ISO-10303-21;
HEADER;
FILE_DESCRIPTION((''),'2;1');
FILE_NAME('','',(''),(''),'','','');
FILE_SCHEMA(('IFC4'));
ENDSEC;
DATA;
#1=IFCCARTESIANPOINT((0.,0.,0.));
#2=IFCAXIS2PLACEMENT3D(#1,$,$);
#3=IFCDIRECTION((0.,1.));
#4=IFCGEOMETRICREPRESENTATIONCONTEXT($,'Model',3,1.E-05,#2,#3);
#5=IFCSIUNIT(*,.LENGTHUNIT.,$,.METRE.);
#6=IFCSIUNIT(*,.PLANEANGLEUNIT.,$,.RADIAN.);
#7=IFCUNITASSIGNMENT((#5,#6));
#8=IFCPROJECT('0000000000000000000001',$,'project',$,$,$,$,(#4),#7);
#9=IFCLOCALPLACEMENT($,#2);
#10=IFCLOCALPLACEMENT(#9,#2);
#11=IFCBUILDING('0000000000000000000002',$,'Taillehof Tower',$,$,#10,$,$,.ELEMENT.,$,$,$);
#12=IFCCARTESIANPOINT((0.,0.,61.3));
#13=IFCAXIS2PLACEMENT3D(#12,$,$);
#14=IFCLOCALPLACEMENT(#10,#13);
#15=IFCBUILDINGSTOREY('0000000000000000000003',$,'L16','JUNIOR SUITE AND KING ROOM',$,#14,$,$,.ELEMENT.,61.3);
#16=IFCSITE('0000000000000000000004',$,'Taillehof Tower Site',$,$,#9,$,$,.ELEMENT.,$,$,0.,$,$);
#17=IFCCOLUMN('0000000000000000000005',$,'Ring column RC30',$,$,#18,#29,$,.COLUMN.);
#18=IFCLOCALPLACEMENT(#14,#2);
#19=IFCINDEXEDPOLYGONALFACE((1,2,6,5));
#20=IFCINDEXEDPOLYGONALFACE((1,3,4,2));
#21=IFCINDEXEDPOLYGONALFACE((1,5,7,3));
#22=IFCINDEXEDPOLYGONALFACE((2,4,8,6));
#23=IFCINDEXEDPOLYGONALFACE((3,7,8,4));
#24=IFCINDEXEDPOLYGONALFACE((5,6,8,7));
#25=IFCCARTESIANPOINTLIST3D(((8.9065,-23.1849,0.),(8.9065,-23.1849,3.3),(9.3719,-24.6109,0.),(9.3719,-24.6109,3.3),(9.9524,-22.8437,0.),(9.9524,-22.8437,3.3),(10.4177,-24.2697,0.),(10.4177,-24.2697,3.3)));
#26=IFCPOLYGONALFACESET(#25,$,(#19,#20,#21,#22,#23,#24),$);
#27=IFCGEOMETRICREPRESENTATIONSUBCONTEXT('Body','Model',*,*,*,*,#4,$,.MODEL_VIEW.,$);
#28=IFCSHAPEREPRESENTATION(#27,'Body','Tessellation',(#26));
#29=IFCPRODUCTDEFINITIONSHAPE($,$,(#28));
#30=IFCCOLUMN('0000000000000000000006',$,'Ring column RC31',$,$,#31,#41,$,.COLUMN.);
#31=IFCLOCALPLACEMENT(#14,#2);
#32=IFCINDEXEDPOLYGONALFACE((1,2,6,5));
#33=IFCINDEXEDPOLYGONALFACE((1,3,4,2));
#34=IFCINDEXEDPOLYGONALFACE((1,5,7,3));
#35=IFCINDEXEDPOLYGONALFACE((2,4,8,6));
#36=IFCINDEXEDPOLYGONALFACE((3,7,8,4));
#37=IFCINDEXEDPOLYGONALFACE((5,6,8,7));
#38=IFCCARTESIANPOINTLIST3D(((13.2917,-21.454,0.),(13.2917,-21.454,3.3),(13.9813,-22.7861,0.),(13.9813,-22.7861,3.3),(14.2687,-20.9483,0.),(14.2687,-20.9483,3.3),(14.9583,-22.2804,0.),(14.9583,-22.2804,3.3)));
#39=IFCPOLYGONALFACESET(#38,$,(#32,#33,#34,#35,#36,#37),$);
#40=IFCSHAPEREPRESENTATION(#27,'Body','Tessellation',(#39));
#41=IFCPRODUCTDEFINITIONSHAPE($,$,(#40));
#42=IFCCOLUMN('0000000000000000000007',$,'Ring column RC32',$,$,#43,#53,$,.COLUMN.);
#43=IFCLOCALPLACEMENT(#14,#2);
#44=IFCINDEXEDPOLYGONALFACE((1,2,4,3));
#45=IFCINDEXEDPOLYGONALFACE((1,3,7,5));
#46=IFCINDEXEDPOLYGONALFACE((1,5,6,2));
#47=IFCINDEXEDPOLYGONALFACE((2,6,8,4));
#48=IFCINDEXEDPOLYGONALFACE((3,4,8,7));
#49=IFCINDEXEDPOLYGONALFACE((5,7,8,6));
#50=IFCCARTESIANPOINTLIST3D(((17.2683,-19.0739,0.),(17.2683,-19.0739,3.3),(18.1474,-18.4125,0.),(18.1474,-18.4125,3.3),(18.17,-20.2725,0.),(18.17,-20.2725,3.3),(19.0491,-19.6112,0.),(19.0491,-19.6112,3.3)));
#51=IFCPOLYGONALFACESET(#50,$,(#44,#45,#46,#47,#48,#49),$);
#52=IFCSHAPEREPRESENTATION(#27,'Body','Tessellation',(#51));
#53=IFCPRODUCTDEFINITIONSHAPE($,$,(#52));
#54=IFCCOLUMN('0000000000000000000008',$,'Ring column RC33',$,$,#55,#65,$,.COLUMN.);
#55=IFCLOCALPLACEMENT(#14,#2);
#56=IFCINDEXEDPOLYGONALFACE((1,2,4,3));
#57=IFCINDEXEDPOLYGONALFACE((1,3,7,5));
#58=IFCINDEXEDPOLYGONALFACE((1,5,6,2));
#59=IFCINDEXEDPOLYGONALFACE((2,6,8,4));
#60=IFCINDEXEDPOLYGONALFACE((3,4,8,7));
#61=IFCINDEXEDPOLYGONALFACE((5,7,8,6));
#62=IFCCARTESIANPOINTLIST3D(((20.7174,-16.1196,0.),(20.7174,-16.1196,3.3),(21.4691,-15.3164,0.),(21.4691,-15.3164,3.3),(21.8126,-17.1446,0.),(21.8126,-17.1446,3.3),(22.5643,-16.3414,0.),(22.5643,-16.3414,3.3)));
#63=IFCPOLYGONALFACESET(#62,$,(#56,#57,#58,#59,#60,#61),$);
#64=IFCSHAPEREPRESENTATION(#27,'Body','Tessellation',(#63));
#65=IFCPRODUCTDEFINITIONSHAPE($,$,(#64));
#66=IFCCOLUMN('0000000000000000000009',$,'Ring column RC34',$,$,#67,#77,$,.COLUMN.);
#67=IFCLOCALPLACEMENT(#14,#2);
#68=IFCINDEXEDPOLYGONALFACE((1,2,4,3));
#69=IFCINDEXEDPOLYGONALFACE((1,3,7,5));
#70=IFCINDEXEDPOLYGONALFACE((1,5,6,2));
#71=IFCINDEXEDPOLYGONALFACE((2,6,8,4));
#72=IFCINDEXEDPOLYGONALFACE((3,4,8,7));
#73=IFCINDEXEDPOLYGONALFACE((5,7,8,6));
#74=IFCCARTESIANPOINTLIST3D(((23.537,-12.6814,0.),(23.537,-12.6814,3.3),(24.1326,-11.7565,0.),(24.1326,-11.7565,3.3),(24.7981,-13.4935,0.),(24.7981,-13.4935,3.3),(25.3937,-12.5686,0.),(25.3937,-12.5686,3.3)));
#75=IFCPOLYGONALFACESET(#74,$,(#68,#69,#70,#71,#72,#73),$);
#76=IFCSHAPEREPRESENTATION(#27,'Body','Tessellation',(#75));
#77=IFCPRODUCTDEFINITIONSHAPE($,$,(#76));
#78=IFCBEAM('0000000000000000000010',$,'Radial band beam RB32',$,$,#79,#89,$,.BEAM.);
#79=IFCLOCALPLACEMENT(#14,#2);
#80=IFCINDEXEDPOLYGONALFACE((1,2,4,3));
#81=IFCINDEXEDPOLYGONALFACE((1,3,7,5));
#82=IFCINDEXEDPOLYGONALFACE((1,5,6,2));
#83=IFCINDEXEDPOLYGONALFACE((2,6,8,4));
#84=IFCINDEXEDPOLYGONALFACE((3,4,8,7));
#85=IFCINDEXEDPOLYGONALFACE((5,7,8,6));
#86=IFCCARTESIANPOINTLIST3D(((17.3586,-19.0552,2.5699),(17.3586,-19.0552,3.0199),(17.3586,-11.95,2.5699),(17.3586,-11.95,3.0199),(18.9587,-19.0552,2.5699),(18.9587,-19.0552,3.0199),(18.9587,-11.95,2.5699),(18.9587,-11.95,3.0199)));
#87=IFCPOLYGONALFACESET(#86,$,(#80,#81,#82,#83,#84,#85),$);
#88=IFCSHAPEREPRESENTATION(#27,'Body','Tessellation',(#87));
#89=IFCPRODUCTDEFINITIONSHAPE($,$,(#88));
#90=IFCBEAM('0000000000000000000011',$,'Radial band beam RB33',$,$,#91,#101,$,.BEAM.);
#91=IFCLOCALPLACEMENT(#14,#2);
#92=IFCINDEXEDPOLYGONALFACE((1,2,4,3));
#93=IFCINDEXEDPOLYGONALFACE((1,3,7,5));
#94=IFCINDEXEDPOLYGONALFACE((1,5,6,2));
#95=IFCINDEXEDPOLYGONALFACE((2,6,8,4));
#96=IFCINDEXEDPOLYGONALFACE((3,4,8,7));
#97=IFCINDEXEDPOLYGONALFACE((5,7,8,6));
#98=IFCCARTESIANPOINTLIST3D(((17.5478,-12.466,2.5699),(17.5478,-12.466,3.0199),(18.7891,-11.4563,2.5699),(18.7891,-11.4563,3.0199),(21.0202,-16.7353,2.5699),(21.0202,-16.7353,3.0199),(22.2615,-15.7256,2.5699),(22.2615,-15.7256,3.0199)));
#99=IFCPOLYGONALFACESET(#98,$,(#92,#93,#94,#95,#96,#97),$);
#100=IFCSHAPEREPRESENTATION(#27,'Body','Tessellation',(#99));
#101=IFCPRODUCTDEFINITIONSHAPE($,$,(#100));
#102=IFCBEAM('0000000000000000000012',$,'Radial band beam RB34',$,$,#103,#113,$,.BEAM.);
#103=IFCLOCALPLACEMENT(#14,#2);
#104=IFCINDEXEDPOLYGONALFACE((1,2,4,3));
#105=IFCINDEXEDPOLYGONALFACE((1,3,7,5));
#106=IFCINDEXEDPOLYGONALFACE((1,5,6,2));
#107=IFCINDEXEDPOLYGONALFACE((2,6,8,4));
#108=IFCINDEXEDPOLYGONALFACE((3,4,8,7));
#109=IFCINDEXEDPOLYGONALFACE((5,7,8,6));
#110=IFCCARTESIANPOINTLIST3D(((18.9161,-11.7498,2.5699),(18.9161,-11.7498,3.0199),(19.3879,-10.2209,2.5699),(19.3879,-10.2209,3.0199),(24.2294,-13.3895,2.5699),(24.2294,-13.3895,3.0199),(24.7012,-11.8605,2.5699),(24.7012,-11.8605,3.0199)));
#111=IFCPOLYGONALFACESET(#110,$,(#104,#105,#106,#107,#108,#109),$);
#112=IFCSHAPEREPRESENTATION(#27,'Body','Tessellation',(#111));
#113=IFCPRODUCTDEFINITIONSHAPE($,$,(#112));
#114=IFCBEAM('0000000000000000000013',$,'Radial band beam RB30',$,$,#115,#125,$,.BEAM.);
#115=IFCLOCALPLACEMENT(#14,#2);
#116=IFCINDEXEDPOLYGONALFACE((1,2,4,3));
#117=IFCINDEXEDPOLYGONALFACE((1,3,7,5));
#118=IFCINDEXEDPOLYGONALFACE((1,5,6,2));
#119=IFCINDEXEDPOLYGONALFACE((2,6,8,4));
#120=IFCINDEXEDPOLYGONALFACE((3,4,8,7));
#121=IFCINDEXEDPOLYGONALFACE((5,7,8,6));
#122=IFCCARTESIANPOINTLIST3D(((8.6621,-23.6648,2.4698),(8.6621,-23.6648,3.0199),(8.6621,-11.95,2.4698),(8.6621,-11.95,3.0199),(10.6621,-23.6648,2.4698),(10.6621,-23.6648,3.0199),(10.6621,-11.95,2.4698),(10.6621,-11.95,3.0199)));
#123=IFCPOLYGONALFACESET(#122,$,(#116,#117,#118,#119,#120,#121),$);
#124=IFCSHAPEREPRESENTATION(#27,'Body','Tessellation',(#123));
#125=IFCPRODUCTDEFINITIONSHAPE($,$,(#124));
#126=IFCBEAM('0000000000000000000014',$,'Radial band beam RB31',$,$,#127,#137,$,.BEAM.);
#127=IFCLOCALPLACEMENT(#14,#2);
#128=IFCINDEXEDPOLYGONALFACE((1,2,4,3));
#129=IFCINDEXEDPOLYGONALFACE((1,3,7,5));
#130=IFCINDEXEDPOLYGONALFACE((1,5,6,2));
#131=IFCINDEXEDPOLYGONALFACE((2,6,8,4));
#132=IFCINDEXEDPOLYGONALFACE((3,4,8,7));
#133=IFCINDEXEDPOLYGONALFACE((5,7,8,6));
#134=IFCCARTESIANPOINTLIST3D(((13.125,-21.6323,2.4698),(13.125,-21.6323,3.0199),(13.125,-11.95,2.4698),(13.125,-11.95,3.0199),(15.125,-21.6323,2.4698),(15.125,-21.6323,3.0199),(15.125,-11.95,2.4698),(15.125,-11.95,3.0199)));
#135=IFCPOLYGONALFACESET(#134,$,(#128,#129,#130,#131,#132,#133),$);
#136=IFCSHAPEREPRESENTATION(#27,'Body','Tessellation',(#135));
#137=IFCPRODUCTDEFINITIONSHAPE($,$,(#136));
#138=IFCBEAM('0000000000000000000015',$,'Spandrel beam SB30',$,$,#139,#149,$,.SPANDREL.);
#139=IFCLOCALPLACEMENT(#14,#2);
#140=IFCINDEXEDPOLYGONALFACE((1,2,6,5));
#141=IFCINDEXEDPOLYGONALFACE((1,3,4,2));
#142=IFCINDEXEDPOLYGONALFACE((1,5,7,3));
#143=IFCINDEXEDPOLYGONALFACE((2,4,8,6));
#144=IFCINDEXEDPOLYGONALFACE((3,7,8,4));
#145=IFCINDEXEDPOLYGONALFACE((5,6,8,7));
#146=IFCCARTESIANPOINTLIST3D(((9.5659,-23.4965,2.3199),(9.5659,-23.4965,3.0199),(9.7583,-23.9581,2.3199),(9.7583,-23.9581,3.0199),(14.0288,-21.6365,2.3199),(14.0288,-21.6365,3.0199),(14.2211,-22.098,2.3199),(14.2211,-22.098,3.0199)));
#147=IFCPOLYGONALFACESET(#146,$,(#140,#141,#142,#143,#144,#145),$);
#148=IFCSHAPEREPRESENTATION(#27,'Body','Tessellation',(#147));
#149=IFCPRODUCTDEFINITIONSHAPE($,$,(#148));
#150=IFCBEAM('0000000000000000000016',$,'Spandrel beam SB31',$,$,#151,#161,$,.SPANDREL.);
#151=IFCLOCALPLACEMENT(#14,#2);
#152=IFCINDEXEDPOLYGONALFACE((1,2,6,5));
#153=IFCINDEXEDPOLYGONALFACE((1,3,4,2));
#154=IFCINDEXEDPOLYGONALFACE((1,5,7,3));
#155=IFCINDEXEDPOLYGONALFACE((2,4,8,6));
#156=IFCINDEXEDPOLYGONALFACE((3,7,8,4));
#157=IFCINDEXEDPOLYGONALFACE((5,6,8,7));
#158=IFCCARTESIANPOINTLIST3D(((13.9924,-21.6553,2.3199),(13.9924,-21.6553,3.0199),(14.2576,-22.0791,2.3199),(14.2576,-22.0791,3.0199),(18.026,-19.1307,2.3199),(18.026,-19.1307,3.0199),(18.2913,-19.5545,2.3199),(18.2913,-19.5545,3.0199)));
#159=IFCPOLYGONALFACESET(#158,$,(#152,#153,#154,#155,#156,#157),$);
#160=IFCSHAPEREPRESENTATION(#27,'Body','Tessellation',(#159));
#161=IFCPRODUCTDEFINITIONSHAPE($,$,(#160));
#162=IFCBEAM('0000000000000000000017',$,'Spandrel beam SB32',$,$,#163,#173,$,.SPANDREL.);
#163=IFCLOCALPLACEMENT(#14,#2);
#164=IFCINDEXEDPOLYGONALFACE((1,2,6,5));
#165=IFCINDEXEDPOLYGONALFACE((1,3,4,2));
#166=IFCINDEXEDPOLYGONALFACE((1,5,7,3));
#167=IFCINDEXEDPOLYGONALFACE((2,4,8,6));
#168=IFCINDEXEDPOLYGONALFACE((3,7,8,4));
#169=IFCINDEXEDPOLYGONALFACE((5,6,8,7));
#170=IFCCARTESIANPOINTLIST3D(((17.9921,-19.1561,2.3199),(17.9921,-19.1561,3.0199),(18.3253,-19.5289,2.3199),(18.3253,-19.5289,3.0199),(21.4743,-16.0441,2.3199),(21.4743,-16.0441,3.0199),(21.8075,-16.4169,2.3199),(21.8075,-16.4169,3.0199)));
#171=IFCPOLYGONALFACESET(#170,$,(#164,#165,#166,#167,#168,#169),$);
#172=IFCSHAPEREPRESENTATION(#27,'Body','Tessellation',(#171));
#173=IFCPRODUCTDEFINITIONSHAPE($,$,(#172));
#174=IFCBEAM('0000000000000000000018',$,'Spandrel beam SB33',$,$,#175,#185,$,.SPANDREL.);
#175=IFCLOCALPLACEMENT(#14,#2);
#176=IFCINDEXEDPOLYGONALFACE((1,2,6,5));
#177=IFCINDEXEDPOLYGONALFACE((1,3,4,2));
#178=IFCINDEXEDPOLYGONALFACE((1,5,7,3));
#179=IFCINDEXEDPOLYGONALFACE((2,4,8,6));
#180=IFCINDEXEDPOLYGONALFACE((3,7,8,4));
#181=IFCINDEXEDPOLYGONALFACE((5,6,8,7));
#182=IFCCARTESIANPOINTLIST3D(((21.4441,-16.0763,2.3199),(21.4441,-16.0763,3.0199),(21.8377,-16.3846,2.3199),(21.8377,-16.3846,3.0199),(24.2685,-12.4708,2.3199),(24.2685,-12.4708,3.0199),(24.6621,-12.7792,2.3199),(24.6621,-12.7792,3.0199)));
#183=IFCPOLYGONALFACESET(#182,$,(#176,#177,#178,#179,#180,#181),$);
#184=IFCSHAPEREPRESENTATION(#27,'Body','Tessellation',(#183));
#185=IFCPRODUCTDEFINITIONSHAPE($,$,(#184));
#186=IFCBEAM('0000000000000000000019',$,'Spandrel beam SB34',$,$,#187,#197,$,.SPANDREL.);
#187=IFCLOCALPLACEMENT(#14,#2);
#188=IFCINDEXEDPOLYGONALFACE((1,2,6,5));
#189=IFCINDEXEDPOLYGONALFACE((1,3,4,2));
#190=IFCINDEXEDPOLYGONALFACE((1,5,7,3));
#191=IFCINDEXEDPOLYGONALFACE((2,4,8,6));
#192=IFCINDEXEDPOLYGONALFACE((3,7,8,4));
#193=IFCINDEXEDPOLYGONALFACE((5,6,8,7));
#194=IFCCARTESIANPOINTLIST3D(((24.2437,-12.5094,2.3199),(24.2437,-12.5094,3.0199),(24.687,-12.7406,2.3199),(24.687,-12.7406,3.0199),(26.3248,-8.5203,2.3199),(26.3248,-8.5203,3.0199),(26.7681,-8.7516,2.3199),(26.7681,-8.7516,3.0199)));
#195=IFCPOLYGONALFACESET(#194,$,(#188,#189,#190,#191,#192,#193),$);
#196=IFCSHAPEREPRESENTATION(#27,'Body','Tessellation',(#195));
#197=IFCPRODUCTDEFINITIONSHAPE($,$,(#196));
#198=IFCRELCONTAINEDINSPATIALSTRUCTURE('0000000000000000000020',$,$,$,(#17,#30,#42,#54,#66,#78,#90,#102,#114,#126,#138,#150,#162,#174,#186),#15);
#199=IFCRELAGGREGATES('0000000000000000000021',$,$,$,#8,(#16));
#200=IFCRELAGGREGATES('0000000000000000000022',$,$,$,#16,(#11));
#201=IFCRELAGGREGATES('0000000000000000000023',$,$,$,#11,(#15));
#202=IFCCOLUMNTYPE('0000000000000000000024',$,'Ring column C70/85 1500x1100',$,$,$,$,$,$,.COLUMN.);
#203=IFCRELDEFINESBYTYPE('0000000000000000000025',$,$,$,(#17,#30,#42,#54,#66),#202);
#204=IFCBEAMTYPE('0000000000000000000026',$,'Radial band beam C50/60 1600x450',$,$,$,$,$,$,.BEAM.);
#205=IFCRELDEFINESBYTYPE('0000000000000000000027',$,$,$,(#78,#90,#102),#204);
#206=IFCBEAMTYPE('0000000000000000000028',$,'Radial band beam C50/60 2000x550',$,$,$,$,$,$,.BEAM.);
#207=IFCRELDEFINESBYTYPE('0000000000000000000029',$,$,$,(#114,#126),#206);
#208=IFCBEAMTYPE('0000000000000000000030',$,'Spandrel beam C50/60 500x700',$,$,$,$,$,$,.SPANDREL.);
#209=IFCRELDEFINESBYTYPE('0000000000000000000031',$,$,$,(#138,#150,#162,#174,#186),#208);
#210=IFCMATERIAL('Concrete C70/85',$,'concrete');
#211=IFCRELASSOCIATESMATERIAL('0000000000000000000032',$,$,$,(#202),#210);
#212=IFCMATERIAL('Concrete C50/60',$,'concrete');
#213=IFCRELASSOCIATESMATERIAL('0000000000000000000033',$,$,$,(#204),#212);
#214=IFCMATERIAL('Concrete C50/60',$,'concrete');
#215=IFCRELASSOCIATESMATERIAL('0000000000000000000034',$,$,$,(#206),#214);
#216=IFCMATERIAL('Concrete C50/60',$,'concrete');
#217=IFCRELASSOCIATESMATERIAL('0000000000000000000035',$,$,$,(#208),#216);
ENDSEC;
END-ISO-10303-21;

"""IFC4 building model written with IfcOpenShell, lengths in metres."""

from ifc_helpers import new_model, si_unit, direction, frame, origin, origin_2d, place, context, subcontext, project, spatial, rectangle, extrude, material, material_profile, profile_set, type_object, element, save


model = new_model("IFC4")

# Units and contexts
model_context = context("Model", 3, precision=1e-05, world=origin(), true_north=direction((0.0, 1.0)))
body_context = subcontext(model_context, "Body", "Model", "MODEL_VIEW")
ifc_project = project(units=[si_unit("LENGTHUNIT", "METRE"), si_unit("PLANEANGLEUNIT", "RADIAN")], contexts=[model_context])

# Site, building, storey
site_placement = place(None, origin())
site = spatial("IfcSite", under=ifc_project, at=site_placement, Name="Taillehof Tower Site", CompositionType="ELEMENT", RefElevation=0.0)
building_placement = place(site_placement, origin())
building = spatial("IfcBuilding", under=site, at=building_placement, Name="Taillehof Tower", CompositionType="ELEMENT")
storey_placement = place(building_placement, frame((0.0, 0.0, 61.3)))
storey = spatial("IfcBuildingStorey", under=building, at=storey_placement, Name="L16", Description="JUNIOR SUITE AND KING ROOM", CompositionType="ELEMENT", Elevation=61.3)

# Columns
ifc_material_1 = material(Name="Concrete C70/85", Category="concrete")
ifc_material_profile_1 = material_profile(ifc_material_1, rectangle(XDim=1.5, YDim=1.1001, at=origin_2d()), Name="RC 1500x1100")
ifc_profile_set_1 = profile_set([ifc_material_profile_1], Name="Concrete C70/85")
column_type = type_object("IfcColumnType", Name="Ring column C70/85 1500x1100", PredefinedType="COLUMN", material=ifc_profile_set_1)
for number, where, z_axis, x_axis, name in (
    (1, (9.6621, -23.7273, 0.0), (0.0, 0.0, 1.0), (0.310219, -0.950665, 0.0), "Ring column RC30"),
    (2, (14.125, -21.8672, 0.0), (0.0, 0.0, 1.0), (0.459691, -0.888079, 0.0), "Ring column RC31"),
    (3, (18.1587, -19.3425, 0.0), (0.0, 0.0, 1.0), (0.601174, -0.799118, 0.0), "Ring column RC32"),
    (4, (21.6409, -16.2305, 0.0), (0.0, 0.0, 1.0), (0.730113, -0.683326, 0.0), "Ring column RC33"),
    (5, (24.4653, -12.625, 0.0), (0.0, 0.0, 1.0), (0.840754, -0.541418, 0.0), "Ring column RC34"),
):
    element("IfcColumn", number, at=place(storey_placement, frame(where, z_axis=z_axis, x_axis=x_axis)), inside=storey, type_object=column_type, Name=name, PredefinedType="COLUMN", context=body_context, shape_type="SweptSolid", body=[
        extrude(rectangle(XDim=1.5, YDim=1.1001, at=origin_2d()), origin(), (0.0, 0.0, 1.0), 3.3),
    ])

# Beams
ifc_material_2 = material(Name="Concrete C50/60", Category="concrete")
ifc_material_profile_2 = material_profile(ifc_material_2, rectangle(XDim=1.6001, YDim=0.45, at=origin_2d()), Name="RC 1600x450")
ifc_profile_set_2 = profile_set([ifc_material_profile_2], Name="Concrete C50/60")
beam_type_1 = type_object("IfcBeamType", Name="Radial band beam C50/60 1600x450", PredefinedType="BEAM", material=ifc_profile_set_2)
beam_1_placement = place(storey_placement, frame((18.1587, -19.0552, 2.7949), z_axis=(0.0, 1.0, 0.0), x_axis=(-1.0, 0.0, 0.0)))
element("IfcBeam", 6, at=beam_1_placement, inside=storey, type_object=beam_type_1, Name="Radial band beam RB32", PredefinedType="BEAM", context=body_context, shape_type="SweptSolid", body=[
    extrude(rectangle(XDim=1.6001, YDim=0.45, at=origin_2d()), origin(), (0.0, 0.0, 1.0), 7.1052),
])
beam_2_placement = place(storey_placement, frame((21.6409, -16.2305, 2.7949), z_axis=(-0.630988, 0.775792, 0.0), x_axis=(-0.775792, -0.630988, 0.0)))
element("IfcBeam", 7, at=beam_2_placement, inside=storey, type_object=beam_type_1, Name="Radial band beam RB33", PredefinedType="BEAM", context=body_context, shape_type="SweptSolid", body=[
    extrude(rectangle(XDim=1.6001, YDim=0.45, at=origin_2d()), origin(), (0.0, 0.0, 1.0), 5.5032),
])
beam_3_placement = place(storey_placement, frame((24.4653, -12.625, 2.7949), z_axis=(-0.955536, 0.294876, 0.0), x_axis=(-0.294876, -0.955536, 0.0)))
element("IfcBeam", 8, at=beam_3_placement, inside=storey, type_object=beam_type_1, Name="Radial band beam RB34", PredefinedType="BEAM", context=body_context, shape_type="SweptSolid", body=[
    extrude(rectangle(XDim=1.6001, YDim=0.45, at=origin_2d()), origin(), (0.0, 0.0, 1.0), 5.5605),
])
ifc_material_3 = material(Name="Concrete C50/60", Category="concrete")
ifc_material_profile_3 = material_profile(ifc_material_3, rectangle(XDim=2.0, YDim=0.55, at=origin_2d()), Name="RC 2000x550")
ifc_profile_set_3 = profile_set([ifc_material_profile_3], Name="Concrete C50/60")
beam_type_2 = type_object("IfcBeamType", Name="Radial band beam C50/60 2000x550", PredefinedType="BEAM", material=ifc_profile_set_3)
beam_4_placement = place(storey_placement, frame((9.6621, -23.6648, 2.7449), z_axis=(0.0, 1.0, 0.0), x_axis=(-1.0, 0.0, 0.0)))
element("IfcBeam", 9, at=beam_4_placement, inside=storey, type_object=beam_type_2, Name="Radial band beam RB30", PredefinedType="BEAM", context=body_context, shape_type="SweptSolid", body=[
    extrude(rectangle(XDim=2.0, YDim=0.55, at=origin_2d()), origin(), (0.0, 0.0, 1.0), 11.7148),
])
beam_5_placement = place(storey_placement, frame((14.125, -21.6323, 2.7449), z_axis=(0.0, 1.0, 0.0), x_axis=(-1.0, 0.0, 0.0)))
element("IfcBeam", 10, at=beam_5_placement, inside=storey, type_object=beam_type_2, Name="Radial band beam RB31", PredefinedType="BEAM", context=body_context, shape_type="SweptSolid", body=[
    extrude(rectangle(XDim=2.0, YDim=0.55, at=origin_2d()), origin(), (0.0, 0.0, 1.0), 9.6824),
])
ifc_material_4 = material(Name="Concrete C50/60", Category="concrete")
ifc_material_profile_4 = material_profile(ifc_material_4, rectangle(XDim=0.5, YDim=0.7, at=origin_2d()), Name="RC 500x700")
ifc_profile_set_4 = profile_set([ifc_material_profile_4], Name="Concrete C50/60")
beam_type_3 = type_object("IfcBeamType", Name="Spandrel beam C50/60 500x700", PredefinedType="SPANDREL", material=ifc_profile_set_4)
beam_6_placement = place(storey_placement, frame((9.6621, -23.7273, 2.6699), z_axis=(0.923035, 0.384716, 0.0), x_axis=(-0.384716, 0.923035, 0.0)))
element("IfcBeam", 11, at=beam_6_placement, inside=storey, type_object=beam_type_3, Name="Spandrel beam SB30", PredefinedType="SPANDREL", context=body_context, shape_type="SweptSolid", body=[
    extrude(rectangle(XDim=0.5, YDim=0.7, at=origin_2d()), origin(), (0.0, 0.0, 1.0), 4.835),
])
beam_7_placement = place(storey_placement, frame((14.125, -21.8672, 2.6699), z_axis=(0.847658, 0.530543, 0.0), x_axis=(-0.530543, 0.847658, 0.0)))
element("IfcBeam", 12, at=beam_7_placement, inside=storey, type_object=beam_type_3, Name="Spandrel beam SB31", PredefinedType="SPANDREL", context=body_context, shape_type="SweptSolid", body=[
    extrude(rectangle(XDim=0.5, YDim=0.7, at=origin_2d()), origin(), (0.0, 0.0, 1.0), 4.7585),
])
beam_8_placement = place(storey_placement, frame((18.1587, -19.3425, 2.6699), z_axis=(0.745621, 0.66637, 0.0), x_axis=(-0.66637, 0.745621, 0.0)))
element("IfcBeam", 13, at=beam_8_placement, inside=storey, type_object=beam_type_3, Name="Spandrel beam SB32", PredefinedType="SPANDREL", context=body_context, shape_type="SweptSolid", body=[
    extrude(rectangle(XDim=0.5, YDim=0.7, at=origin_2d()), origin(), (0.0, 0.0, 1.0), 4.6702),
])
beam_9_placement = place(storey_placement, frame((21.6409, -16.2305, 2.6699), z_axis=(0.616686, 0.787209, 0.0), x_axis=(-0.787209, 0.616686, 0.0)))
element("IfcBeam", 14, at=beam_9_placement, inside=storey, type_object=beam_type_3, Name="Spandrel beam SB33", PredefinedType="SPANDREL", context=body_context, shape_type="SweptSolid", body=[
    extrude(rectangle(XDim=0.5, YDim=0.7, at=origin_2d()), origin(), (0.0, 0.0, 1.0), 4.5801),
])
beam_10_placement = place(storey_placement, frame((24.4653, -12.625, 2.6699), z_axis=(0.462536, 0.8866, 0.0), x_axis=(-0.8866, 0.462536, 0.0)))
element("IfcBeam", 15, at=beam_10_placement, inside=storey, type_object=beam_type_3, Name="Spandrel beam SB34", PredefinedType="SPANDREL", context=body_context, shape_type="SweptSolid", body=[
    extrude(rectangle(XDim=0.5, YDim=0.7, at=origin_2d()), origin(), (0.0, 0.0, 1.0), 4.4993),
])

save(model, "model.ifc")
